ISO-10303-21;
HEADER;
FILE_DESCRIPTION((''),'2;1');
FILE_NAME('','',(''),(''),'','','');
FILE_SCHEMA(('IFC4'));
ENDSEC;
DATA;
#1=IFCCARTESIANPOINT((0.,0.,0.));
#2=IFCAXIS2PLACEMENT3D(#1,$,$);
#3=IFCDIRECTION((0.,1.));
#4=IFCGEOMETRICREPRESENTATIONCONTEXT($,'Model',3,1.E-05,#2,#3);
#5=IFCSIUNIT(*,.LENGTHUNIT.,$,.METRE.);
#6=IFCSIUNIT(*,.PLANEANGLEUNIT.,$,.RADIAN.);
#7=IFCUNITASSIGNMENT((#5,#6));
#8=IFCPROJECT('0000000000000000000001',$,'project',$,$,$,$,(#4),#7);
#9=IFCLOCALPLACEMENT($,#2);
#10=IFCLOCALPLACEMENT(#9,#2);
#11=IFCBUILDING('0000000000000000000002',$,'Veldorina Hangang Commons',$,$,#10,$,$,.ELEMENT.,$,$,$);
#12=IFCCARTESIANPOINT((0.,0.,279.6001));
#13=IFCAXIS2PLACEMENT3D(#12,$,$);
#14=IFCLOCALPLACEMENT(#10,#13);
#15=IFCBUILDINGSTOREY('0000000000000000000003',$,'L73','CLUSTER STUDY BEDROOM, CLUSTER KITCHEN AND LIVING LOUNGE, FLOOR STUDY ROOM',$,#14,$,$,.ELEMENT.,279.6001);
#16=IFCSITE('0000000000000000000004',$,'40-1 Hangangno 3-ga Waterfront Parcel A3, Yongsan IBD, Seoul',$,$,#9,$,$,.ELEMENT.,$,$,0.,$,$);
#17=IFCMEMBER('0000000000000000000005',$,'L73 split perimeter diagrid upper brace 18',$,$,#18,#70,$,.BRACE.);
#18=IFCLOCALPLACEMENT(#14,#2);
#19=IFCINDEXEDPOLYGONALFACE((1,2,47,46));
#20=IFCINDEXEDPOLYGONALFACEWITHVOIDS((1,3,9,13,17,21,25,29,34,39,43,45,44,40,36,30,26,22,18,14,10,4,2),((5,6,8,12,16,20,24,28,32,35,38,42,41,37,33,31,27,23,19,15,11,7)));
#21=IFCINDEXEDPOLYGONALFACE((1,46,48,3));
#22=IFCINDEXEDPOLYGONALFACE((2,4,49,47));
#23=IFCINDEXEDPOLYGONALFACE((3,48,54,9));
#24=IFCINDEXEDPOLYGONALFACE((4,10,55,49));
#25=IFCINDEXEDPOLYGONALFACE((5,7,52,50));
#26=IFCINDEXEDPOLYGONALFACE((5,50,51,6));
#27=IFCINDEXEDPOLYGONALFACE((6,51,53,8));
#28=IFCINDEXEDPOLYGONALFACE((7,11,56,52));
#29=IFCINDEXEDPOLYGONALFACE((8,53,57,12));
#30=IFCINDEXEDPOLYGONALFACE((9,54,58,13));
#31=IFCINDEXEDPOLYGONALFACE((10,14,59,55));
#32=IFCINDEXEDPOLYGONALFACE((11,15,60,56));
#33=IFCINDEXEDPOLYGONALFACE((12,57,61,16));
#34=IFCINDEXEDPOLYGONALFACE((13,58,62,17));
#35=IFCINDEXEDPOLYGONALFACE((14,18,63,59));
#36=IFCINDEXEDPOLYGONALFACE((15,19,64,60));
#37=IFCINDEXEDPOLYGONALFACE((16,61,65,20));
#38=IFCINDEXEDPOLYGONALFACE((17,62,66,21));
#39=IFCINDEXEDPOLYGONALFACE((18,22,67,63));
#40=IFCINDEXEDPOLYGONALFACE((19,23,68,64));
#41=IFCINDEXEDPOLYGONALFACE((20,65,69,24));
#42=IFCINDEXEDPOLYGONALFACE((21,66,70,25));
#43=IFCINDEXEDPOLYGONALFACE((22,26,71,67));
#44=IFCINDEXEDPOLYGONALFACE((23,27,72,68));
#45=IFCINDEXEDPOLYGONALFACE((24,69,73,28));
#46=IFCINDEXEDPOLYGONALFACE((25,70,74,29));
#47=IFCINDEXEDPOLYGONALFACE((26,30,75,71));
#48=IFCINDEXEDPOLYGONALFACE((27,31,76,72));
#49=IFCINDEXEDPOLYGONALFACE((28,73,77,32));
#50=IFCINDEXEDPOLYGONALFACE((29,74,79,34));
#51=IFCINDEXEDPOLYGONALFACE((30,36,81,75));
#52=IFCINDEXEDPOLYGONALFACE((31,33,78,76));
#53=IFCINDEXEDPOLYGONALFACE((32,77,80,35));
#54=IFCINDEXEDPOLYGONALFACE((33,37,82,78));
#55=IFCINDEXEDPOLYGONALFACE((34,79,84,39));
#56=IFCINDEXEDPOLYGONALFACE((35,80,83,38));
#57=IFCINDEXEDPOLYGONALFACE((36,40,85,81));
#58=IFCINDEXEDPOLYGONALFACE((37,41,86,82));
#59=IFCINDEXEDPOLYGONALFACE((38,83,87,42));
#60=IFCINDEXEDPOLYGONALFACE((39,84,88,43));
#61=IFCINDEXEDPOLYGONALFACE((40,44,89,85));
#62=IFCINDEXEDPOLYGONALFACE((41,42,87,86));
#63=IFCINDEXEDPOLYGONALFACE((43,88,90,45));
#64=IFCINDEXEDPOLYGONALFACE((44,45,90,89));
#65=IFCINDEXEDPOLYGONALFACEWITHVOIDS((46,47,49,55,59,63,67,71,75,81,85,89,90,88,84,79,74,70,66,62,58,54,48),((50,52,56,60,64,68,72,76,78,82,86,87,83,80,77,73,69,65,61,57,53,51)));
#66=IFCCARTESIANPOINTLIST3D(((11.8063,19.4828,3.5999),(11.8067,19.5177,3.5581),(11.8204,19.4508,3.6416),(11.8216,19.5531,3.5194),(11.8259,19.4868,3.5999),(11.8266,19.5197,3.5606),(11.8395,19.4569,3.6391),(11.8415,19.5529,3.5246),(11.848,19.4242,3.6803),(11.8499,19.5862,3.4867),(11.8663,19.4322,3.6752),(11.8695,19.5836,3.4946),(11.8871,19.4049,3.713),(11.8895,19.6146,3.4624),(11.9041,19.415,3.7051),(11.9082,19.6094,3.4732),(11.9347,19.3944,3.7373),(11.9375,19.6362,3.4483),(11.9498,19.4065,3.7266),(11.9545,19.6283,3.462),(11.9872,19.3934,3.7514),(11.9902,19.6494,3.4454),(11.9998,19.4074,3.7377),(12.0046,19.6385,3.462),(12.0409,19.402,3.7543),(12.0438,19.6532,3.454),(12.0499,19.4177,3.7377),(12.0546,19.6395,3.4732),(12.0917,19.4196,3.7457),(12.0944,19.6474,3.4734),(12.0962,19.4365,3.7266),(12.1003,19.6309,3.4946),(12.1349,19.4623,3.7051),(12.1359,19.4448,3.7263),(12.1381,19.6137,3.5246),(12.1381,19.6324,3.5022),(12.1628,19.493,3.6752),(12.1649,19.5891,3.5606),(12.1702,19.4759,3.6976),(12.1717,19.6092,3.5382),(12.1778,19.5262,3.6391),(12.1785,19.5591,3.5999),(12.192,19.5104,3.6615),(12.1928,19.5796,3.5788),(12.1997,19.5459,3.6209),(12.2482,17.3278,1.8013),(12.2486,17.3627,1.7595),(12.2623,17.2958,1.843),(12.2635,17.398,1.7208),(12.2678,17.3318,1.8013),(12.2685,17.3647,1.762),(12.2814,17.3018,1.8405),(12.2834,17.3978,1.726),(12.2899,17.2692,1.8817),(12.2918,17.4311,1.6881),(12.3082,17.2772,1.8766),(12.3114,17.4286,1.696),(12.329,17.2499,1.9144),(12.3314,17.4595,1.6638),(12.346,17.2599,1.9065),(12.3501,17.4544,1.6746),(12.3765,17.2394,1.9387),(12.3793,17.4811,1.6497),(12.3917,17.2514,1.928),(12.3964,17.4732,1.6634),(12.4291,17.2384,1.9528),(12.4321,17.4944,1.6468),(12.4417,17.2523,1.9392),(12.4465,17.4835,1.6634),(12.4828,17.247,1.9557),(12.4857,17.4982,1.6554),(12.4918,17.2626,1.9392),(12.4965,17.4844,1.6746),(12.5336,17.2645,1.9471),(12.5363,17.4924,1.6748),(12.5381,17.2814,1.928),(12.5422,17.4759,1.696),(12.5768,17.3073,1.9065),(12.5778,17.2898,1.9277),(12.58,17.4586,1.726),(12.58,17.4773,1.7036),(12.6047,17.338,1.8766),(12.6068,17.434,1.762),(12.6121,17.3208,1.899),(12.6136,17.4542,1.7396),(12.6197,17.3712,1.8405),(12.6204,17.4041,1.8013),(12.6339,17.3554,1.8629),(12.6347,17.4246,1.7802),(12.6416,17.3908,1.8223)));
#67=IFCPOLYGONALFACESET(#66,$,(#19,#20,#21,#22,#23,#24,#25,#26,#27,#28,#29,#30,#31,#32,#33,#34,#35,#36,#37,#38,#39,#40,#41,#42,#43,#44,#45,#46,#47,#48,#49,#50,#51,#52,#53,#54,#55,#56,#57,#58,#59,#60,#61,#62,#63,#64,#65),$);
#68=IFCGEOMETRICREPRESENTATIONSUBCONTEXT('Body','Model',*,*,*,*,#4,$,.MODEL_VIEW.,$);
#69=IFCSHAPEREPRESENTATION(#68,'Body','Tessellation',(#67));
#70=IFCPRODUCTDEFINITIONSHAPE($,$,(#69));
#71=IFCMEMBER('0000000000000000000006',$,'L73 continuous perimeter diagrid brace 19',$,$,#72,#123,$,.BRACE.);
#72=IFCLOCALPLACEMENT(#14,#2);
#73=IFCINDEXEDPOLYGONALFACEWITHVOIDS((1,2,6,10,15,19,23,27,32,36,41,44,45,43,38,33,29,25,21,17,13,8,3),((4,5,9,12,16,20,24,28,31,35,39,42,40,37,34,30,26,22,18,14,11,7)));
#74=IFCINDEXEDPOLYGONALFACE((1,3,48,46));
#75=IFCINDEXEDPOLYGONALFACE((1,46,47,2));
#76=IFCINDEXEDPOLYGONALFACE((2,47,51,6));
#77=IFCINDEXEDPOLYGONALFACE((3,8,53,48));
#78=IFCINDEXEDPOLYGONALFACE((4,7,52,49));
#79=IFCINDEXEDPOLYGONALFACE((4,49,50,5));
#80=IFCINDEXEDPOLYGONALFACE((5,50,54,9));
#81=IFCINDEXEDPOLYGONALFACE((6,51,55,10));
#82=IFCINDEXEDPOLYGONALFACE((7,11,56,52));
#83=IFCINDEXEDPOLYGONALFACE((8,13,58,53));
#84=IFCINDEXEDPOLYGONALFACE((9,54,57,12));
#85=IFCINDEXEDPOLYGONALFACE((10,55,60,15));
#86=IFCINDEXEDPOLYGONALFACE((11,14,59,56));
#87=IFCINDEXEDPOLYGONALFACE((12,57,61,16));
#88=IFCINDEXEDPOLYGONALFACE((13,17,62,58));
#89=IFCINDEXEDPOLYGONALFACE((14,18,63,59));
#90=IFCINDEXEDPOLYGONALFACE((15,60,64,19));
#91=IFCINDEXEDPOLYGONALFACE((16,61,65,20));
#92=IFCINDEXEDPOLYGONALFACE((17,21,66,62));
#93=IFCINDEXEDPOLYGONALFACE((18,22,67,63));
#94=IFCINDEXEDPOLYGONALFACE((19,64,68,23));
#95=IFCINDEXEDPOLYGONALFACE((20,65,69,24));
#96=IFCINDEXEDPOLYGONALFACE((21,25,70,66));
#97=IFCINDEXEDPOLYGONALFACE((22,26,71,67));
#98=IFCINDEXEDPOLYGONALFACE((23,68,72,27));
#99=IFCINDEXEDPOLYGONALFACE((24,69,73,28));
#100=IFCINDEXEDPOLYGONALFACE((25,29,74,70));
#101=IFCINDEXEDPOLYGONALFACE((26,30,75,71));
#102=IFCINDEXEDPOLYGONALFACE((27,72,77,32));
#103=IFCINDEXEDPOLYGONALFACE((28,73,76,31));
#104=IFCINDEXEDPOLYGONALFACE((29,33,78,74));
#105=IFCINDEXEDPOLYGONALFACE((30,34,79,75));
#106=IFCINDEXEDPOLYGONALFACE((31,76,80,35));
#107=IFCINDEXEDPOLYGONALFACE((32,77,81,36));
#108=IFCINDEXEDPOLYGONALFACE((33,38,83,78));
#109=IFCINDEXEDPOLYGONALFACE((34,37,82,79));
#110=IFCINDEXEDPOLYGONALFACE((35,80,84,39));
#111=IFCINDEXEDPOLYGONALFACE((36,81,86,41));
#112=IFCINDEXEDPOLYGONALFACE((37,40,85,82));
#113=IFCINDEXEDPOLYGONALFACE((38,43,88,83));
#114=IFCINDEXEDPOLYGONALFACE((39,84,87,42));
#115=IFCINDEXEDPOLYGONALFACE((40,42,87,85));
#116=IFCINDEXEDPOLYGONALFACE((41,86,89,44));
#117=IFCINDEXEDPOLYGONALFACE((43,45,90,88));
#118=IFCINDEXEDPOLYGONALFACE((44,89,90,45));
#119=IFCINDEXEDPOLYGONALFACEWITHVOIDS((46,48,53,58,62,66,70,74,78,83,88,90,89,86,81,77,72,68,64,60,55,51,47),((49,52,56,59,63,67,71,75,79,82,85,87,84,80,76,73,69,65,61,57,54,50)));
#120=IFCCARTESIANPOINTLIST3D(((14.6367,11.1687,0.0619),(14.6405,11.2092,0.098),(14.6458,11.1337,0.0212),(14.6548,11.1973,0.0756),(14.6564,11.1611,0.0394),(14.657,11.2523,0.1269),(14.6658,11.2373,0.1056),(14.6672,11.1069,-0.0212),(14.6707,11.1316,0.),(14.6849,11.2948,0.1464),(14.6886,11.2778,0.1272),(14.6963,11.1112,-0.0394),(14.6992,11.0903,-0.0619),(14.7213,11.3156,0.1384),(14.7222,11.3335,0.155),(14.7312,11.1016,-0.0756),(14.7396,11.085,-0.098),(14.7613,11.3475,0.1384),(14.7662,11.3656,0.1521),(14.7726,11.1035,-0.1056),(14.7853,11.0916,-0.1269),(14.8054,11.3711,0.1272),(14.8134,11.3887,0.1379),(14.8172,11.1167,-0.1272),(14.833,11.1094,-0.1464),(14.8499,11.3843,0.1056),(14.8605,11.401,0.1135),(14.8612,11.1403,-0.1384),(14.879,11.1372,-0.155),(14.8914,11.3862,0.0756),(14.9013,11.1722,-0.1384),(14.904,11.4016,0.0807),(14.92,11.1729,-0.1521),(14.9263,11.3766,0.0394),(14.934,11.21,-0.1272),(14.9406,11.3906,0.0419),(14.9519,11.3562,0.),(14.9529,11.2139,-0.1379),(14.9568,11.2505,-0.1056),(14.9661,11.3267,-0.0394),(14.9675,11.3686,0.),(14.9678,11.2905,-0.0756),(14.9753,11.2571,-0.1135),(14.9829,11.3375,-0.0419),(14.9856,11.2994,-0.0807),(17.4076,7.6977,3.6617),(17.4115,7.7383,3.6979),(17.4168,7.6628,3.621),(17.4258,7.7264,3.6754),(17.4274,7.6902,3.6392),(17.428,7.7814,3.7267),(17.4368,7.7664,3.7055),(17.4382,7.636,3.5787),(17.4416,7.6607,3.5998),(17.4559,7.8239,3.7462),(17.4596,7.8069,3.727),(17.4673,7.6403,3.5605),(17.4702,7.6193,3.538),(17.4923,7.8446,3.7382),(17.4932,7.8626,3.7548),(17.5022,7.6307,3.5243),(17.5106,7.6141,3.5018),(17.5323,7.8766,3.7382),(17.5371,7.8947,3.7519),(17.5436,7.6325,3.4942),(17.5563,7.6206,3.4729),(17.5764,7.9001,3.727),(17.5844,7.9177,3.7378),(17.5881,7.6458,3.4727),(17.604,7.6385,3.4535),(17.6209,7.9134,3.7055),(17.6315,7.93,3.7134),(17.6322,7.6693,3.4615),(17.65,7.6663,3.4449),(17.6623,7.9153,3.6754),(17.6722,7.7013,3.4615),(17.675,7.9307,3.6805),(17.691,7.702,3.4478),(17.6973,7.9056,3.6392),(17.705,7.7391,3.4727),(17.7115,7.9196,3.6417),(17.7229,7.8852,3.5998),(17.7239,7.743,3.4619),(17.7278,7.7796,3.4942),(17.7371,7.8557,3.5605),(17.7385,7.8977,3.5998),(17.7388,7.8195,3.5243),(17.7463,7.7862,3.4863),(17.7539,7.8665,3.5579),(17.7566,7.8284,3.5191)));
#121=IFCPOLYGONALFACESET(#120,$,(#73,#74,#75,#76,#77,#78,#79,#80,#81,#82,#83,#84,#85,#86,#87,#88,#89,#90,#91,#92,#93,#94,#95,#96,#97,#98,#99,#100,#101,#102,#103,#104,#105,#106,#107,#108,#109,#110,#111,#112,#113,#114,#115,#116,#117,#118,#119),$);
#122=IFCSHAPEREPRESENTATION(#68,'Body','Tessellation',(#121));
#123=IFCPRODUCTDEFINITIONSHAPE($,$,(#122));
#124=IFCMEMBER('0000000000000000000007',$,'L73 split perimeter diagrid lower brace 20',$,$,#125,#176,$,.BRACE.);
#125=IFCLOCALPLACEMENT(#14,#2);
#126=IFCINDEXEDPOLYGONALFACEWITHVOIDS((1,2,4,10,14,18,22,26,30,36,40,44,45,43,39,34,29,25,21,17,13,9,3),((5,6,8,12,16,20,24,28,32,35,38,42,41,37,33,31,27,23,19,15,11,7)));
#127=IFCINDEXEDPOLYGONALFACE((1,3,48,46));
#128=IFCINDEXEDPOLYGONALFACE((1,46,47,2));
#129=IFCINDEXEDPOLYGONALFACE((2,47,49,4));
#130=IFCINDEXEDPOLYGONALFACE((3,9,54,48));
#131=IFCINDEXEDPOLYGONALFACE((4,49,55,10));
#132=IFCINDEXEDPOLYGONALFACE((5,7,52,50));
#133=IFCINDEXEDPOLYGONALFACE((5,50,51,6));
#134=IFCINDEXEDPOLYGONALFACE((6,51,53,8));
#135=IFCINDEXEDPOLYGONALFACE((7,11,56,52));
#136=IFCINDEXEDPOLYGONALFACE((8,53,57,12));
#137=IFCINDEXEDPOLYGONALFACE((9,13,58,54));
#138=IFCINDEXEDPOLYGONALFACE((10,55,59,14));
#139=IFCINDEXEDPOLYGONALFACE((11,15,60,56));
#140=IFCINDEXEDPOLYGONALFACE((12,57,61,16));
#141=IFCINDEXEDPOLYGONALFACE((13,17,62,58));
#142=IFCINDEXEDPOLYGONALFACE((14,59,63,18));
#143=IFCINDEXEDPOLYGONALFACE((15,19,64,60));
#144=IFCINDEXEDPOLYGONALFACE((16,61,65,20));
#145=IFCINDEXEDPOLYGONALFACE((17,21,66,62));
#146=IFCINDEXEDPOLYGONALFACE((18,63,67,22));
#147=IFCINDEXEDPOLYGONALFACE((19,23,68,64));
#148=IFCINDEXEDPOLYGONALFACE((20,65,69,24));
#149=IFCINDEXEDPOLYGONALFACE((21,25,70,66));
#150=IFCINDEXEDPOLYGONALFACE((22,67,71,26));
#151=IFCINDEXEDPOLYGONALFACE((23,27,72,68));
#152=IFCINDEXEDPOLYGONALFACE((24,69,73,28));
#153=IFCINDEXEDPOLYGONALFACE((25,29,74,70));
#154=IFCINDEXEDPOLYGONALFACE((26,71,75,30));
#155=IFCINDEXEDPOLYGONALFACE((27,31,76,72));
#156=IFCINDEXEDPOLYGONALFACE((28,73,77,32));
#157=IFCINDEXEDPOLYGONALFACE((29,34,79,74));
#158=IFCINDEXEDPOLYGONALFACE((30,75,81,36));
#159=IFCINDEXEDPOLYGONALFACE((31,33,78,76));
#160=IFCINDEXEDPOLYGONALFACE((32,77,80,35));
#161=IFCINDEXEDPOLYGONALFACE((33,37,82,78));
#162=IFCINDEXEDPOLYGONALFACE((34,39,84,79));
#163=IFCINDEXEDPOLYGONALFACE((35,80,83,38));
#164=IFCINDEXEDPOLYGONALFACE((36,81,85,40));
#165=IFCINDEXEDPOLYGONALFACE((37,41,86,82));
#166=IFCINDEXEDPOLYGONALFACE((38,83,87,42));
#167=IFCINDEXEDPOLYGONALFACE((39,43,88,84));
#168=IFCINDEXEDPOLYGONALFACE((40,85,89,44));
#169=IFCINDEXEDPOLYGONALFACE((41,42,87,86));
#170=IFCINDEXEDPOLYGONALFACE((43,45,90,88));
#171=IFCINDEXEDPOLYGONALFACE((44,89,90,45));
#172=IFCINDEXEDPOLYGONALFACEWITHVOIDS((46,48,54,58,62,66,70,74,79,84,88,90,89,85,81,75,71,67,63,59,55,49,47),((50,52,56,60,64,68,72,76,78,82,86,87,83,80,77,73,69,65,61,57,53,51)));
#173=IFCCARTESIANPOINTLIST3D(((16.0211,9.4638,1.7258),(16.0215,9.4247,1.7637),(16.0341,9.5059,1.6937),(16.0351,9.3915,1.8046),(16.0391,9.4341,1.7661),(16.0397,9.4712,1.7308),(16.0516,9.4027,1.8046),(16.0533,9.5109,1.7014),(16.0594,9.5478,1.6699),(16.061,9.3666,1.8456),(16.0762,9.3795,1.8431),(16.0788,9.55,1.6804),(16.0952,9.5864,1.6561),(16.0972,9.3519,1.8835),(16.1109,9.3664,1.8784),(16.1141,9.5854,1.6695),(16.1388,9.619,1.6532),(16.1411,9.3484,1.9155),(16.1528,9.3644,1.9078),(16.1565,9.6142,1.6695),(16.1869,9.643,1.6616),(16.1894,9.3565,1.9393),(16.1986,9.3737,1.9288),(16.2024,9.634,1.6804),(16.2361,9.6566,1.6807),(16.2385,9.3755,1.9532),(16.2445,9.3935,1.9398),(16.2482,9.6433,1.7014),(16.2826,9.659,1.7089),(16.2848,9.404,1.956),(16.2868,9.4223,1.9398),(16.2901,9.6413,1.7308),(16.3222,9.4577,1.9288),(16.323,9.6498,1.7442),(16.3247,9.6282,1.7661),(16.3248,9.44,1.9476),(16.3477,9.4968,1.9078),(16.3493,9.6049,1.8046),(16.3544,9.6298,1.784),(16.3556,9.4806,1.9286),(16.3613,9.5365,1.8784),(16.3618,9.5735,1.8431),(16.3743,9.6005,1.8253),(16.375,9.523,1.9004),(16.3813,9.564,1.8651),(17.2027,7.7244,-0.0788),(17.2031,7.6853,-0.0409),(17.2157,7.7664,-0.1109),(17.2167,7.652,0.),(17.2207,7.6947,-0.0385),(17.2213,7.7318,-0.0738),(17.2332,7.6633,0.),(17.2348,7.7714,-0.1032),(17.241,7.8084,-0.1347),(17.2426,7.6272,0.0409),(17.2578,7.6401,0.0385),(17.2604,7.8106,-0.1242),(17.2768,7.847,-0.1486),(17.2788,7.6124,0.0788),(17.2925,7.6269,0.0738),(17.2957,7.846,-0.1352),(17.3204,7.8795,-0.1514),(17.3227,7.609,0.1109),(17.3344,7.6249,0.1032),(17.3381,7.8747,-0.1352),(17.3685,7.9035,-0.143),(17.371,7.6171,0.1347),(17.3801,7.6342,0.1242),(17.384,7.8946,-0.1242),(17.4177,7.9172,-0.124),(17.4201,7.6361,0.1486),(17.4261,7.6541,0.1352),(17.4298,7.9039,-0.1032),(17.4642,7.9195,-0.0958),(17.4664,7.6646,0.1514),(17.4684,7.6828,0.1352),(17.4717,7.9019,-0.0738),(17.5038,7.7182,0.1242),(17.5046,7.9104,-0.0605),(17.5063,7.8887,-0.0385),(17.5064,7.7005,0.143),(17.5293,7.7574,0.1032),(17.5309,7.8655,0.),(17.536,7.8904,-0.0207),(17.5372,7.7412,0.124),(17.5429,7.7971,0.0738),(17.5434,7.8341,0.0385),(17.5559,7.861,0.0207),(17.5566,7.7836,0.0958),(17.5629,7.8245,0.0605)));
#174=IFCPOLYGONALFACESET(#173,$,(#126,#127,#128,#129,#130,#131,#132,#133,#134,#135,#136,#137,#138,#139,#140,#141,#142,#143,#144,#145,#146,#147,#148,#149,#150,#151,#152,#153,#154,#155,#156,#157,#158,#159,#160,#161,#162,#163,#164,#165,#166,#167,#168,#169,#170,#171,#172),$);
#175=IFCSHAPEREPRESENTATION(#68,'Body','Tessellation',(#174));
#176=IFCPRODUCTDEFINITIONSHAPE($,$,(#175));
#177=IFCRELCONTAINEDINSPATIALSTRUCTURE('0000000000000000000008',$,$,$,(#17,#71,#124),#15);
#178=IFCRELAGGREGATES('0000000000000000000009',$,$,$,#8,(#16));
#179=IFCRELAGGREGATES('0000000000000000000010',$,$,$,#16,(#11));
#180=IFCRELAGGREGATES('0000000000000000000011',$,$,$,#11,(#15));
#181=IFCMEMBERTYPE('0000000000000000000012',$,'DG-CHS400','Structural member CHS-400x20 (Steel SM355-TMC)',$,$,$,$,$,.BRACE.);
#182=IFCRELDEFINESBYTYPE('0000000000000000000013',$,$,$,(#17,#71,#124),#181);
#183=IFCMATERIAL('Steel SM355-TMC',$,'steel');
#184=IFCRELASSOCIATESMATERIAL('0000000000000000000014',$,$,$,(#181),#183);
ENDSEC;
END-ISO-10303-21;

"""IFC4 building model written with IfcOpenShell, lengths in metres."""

from ifc_helpers import new_model, si_unit, direction, frame, origin, origin_2d, place, context, subcontext, project, spatial, hollow_circle, extrude, material, material_profile, profile_set, type_object, element, save


model = new_model("IFC4")

# Units and contexts
model_context = context("Model", 3, precision=1e-05, world=origin(), true_north=direction((0.0, 1.0)))
body_context = subcontext(model_context, "Body", "Model", "MODEL_VIEW")
ifc_project = project(units=[si_unit("LENGTHUNIT", "METRE"), si_unit("PLANEANGLEUNIT", "RADIAN")], contexts=[model_context])

# Site, building, storey
site_placement = place(None, origin())
site = spatial("IfcSite", under=ifc_project, at=site_placement, Name="40-1 Hangangno 3-ga Waterfront Parcel A3, Yongsan IBD, Seoul", CompositionType="ELEMENT", RefElevation=0.0)
building_placement = place(site_placement, origin())
building = spatial("IfcBuilding", under=site, at=building_placement, Name="Veldorina Hangang Commons", CompositionType="ELEMENT")
storey_placement = place(building_placement, frame((0.0, 0.0, 279.6001)))
storey = spatial("IfcBuildingStorey", under=building, at=storey_placement, Name="L73", Description="CLUSTER STUDY BEDROOM, CLUSTER KITCHEN AND LIVING LOUNGE, FLOOR STUDY ROOM", CompositionType="ELEMENT", Elevation=279.6001)

# Shared definitions
ifc_material_1 = material(Name="Steel SM355-TMC", Category="steel")

# Members
ifc_material_profile_1 = material_profile(ifc_material_1, hollow_circle(Radius=0.2, WallThickness=0.02, at=origin_2d()), Name="CHS-400x20")
ifc_profile_set_1 = profile_set([ifc_material_profile_1], Name="Steel SM355-TMC")
member_type_1 = type_object("IfcMemberType", Name="DG-CHS400", Description="Structural member CHS-400x20 (Steel SM355-TMC)", PredefinedType="BRACE", material=ifc_profile_set_1)
member_1_placement = place(storey_placement, frame((12.4441, 17.3679, 1.8013), z_axis=(-0.155513, 0.758403, 0.632962), x_axis=(-0.979617, -0.200873, 0.0)))
element("IfcMember", 1, at=member_1_placement, inside=storey, type_object=member_type_1, Name="L73 split perimeter diagrid upper brace 18", PredefinedType="BRACE", context=body_context, shape_type="SweptSolid", body=[
    extrude(hollow_circle(Radius=0.2, WallThickness=0.02, at=origin_2d()), origin(), (0.0, 0.0, 1.0), 2.8416),
])
member_2_placement = place(storey_placement, frame((14.8113, 11.2439, 0.0), z_axis=(0.484689, -0.60712, 0.629668), x_axis=(0.781501, 0.623904, 0.0)))
element("IfcMember", 2, at=member_2_placement, inside=storey, type_object=member_type_1, Name="L73 continuous perimeter diagrid brace 19", PredefinedType="BRACE", context=body_context, shape_type="SweptSolid", body=[
    extrude(hollow_circle(Radius=0.2, WallThickness=0.02, at=origin_2d()), origin(), (0.0, 0.0, 1.0), 5.717),
])
member_3_placement = place(storey_placement, frame((17.3821, 7.7644, 0.0), z_axis=(-0.426415, 0.627728, 0.651251), x_axis=(-0.827196, -0.561913, 0.0)))
element("IfcMember", 3, at=member_3_placement, inside=storey, type_object=member_type_1, Name="L73 split perimeter diagrid lower brace 20", PredefinedType="BRACE", context=body_context, shape_type="SweptSolid", body=[
    extrude(hollow_circle(Radius=0.2, WallThickness=0.02, at=origin_2d()), origin(), (0.0, 0.0, 1.0), 2.771),
])

save(model, "model.ifc")
